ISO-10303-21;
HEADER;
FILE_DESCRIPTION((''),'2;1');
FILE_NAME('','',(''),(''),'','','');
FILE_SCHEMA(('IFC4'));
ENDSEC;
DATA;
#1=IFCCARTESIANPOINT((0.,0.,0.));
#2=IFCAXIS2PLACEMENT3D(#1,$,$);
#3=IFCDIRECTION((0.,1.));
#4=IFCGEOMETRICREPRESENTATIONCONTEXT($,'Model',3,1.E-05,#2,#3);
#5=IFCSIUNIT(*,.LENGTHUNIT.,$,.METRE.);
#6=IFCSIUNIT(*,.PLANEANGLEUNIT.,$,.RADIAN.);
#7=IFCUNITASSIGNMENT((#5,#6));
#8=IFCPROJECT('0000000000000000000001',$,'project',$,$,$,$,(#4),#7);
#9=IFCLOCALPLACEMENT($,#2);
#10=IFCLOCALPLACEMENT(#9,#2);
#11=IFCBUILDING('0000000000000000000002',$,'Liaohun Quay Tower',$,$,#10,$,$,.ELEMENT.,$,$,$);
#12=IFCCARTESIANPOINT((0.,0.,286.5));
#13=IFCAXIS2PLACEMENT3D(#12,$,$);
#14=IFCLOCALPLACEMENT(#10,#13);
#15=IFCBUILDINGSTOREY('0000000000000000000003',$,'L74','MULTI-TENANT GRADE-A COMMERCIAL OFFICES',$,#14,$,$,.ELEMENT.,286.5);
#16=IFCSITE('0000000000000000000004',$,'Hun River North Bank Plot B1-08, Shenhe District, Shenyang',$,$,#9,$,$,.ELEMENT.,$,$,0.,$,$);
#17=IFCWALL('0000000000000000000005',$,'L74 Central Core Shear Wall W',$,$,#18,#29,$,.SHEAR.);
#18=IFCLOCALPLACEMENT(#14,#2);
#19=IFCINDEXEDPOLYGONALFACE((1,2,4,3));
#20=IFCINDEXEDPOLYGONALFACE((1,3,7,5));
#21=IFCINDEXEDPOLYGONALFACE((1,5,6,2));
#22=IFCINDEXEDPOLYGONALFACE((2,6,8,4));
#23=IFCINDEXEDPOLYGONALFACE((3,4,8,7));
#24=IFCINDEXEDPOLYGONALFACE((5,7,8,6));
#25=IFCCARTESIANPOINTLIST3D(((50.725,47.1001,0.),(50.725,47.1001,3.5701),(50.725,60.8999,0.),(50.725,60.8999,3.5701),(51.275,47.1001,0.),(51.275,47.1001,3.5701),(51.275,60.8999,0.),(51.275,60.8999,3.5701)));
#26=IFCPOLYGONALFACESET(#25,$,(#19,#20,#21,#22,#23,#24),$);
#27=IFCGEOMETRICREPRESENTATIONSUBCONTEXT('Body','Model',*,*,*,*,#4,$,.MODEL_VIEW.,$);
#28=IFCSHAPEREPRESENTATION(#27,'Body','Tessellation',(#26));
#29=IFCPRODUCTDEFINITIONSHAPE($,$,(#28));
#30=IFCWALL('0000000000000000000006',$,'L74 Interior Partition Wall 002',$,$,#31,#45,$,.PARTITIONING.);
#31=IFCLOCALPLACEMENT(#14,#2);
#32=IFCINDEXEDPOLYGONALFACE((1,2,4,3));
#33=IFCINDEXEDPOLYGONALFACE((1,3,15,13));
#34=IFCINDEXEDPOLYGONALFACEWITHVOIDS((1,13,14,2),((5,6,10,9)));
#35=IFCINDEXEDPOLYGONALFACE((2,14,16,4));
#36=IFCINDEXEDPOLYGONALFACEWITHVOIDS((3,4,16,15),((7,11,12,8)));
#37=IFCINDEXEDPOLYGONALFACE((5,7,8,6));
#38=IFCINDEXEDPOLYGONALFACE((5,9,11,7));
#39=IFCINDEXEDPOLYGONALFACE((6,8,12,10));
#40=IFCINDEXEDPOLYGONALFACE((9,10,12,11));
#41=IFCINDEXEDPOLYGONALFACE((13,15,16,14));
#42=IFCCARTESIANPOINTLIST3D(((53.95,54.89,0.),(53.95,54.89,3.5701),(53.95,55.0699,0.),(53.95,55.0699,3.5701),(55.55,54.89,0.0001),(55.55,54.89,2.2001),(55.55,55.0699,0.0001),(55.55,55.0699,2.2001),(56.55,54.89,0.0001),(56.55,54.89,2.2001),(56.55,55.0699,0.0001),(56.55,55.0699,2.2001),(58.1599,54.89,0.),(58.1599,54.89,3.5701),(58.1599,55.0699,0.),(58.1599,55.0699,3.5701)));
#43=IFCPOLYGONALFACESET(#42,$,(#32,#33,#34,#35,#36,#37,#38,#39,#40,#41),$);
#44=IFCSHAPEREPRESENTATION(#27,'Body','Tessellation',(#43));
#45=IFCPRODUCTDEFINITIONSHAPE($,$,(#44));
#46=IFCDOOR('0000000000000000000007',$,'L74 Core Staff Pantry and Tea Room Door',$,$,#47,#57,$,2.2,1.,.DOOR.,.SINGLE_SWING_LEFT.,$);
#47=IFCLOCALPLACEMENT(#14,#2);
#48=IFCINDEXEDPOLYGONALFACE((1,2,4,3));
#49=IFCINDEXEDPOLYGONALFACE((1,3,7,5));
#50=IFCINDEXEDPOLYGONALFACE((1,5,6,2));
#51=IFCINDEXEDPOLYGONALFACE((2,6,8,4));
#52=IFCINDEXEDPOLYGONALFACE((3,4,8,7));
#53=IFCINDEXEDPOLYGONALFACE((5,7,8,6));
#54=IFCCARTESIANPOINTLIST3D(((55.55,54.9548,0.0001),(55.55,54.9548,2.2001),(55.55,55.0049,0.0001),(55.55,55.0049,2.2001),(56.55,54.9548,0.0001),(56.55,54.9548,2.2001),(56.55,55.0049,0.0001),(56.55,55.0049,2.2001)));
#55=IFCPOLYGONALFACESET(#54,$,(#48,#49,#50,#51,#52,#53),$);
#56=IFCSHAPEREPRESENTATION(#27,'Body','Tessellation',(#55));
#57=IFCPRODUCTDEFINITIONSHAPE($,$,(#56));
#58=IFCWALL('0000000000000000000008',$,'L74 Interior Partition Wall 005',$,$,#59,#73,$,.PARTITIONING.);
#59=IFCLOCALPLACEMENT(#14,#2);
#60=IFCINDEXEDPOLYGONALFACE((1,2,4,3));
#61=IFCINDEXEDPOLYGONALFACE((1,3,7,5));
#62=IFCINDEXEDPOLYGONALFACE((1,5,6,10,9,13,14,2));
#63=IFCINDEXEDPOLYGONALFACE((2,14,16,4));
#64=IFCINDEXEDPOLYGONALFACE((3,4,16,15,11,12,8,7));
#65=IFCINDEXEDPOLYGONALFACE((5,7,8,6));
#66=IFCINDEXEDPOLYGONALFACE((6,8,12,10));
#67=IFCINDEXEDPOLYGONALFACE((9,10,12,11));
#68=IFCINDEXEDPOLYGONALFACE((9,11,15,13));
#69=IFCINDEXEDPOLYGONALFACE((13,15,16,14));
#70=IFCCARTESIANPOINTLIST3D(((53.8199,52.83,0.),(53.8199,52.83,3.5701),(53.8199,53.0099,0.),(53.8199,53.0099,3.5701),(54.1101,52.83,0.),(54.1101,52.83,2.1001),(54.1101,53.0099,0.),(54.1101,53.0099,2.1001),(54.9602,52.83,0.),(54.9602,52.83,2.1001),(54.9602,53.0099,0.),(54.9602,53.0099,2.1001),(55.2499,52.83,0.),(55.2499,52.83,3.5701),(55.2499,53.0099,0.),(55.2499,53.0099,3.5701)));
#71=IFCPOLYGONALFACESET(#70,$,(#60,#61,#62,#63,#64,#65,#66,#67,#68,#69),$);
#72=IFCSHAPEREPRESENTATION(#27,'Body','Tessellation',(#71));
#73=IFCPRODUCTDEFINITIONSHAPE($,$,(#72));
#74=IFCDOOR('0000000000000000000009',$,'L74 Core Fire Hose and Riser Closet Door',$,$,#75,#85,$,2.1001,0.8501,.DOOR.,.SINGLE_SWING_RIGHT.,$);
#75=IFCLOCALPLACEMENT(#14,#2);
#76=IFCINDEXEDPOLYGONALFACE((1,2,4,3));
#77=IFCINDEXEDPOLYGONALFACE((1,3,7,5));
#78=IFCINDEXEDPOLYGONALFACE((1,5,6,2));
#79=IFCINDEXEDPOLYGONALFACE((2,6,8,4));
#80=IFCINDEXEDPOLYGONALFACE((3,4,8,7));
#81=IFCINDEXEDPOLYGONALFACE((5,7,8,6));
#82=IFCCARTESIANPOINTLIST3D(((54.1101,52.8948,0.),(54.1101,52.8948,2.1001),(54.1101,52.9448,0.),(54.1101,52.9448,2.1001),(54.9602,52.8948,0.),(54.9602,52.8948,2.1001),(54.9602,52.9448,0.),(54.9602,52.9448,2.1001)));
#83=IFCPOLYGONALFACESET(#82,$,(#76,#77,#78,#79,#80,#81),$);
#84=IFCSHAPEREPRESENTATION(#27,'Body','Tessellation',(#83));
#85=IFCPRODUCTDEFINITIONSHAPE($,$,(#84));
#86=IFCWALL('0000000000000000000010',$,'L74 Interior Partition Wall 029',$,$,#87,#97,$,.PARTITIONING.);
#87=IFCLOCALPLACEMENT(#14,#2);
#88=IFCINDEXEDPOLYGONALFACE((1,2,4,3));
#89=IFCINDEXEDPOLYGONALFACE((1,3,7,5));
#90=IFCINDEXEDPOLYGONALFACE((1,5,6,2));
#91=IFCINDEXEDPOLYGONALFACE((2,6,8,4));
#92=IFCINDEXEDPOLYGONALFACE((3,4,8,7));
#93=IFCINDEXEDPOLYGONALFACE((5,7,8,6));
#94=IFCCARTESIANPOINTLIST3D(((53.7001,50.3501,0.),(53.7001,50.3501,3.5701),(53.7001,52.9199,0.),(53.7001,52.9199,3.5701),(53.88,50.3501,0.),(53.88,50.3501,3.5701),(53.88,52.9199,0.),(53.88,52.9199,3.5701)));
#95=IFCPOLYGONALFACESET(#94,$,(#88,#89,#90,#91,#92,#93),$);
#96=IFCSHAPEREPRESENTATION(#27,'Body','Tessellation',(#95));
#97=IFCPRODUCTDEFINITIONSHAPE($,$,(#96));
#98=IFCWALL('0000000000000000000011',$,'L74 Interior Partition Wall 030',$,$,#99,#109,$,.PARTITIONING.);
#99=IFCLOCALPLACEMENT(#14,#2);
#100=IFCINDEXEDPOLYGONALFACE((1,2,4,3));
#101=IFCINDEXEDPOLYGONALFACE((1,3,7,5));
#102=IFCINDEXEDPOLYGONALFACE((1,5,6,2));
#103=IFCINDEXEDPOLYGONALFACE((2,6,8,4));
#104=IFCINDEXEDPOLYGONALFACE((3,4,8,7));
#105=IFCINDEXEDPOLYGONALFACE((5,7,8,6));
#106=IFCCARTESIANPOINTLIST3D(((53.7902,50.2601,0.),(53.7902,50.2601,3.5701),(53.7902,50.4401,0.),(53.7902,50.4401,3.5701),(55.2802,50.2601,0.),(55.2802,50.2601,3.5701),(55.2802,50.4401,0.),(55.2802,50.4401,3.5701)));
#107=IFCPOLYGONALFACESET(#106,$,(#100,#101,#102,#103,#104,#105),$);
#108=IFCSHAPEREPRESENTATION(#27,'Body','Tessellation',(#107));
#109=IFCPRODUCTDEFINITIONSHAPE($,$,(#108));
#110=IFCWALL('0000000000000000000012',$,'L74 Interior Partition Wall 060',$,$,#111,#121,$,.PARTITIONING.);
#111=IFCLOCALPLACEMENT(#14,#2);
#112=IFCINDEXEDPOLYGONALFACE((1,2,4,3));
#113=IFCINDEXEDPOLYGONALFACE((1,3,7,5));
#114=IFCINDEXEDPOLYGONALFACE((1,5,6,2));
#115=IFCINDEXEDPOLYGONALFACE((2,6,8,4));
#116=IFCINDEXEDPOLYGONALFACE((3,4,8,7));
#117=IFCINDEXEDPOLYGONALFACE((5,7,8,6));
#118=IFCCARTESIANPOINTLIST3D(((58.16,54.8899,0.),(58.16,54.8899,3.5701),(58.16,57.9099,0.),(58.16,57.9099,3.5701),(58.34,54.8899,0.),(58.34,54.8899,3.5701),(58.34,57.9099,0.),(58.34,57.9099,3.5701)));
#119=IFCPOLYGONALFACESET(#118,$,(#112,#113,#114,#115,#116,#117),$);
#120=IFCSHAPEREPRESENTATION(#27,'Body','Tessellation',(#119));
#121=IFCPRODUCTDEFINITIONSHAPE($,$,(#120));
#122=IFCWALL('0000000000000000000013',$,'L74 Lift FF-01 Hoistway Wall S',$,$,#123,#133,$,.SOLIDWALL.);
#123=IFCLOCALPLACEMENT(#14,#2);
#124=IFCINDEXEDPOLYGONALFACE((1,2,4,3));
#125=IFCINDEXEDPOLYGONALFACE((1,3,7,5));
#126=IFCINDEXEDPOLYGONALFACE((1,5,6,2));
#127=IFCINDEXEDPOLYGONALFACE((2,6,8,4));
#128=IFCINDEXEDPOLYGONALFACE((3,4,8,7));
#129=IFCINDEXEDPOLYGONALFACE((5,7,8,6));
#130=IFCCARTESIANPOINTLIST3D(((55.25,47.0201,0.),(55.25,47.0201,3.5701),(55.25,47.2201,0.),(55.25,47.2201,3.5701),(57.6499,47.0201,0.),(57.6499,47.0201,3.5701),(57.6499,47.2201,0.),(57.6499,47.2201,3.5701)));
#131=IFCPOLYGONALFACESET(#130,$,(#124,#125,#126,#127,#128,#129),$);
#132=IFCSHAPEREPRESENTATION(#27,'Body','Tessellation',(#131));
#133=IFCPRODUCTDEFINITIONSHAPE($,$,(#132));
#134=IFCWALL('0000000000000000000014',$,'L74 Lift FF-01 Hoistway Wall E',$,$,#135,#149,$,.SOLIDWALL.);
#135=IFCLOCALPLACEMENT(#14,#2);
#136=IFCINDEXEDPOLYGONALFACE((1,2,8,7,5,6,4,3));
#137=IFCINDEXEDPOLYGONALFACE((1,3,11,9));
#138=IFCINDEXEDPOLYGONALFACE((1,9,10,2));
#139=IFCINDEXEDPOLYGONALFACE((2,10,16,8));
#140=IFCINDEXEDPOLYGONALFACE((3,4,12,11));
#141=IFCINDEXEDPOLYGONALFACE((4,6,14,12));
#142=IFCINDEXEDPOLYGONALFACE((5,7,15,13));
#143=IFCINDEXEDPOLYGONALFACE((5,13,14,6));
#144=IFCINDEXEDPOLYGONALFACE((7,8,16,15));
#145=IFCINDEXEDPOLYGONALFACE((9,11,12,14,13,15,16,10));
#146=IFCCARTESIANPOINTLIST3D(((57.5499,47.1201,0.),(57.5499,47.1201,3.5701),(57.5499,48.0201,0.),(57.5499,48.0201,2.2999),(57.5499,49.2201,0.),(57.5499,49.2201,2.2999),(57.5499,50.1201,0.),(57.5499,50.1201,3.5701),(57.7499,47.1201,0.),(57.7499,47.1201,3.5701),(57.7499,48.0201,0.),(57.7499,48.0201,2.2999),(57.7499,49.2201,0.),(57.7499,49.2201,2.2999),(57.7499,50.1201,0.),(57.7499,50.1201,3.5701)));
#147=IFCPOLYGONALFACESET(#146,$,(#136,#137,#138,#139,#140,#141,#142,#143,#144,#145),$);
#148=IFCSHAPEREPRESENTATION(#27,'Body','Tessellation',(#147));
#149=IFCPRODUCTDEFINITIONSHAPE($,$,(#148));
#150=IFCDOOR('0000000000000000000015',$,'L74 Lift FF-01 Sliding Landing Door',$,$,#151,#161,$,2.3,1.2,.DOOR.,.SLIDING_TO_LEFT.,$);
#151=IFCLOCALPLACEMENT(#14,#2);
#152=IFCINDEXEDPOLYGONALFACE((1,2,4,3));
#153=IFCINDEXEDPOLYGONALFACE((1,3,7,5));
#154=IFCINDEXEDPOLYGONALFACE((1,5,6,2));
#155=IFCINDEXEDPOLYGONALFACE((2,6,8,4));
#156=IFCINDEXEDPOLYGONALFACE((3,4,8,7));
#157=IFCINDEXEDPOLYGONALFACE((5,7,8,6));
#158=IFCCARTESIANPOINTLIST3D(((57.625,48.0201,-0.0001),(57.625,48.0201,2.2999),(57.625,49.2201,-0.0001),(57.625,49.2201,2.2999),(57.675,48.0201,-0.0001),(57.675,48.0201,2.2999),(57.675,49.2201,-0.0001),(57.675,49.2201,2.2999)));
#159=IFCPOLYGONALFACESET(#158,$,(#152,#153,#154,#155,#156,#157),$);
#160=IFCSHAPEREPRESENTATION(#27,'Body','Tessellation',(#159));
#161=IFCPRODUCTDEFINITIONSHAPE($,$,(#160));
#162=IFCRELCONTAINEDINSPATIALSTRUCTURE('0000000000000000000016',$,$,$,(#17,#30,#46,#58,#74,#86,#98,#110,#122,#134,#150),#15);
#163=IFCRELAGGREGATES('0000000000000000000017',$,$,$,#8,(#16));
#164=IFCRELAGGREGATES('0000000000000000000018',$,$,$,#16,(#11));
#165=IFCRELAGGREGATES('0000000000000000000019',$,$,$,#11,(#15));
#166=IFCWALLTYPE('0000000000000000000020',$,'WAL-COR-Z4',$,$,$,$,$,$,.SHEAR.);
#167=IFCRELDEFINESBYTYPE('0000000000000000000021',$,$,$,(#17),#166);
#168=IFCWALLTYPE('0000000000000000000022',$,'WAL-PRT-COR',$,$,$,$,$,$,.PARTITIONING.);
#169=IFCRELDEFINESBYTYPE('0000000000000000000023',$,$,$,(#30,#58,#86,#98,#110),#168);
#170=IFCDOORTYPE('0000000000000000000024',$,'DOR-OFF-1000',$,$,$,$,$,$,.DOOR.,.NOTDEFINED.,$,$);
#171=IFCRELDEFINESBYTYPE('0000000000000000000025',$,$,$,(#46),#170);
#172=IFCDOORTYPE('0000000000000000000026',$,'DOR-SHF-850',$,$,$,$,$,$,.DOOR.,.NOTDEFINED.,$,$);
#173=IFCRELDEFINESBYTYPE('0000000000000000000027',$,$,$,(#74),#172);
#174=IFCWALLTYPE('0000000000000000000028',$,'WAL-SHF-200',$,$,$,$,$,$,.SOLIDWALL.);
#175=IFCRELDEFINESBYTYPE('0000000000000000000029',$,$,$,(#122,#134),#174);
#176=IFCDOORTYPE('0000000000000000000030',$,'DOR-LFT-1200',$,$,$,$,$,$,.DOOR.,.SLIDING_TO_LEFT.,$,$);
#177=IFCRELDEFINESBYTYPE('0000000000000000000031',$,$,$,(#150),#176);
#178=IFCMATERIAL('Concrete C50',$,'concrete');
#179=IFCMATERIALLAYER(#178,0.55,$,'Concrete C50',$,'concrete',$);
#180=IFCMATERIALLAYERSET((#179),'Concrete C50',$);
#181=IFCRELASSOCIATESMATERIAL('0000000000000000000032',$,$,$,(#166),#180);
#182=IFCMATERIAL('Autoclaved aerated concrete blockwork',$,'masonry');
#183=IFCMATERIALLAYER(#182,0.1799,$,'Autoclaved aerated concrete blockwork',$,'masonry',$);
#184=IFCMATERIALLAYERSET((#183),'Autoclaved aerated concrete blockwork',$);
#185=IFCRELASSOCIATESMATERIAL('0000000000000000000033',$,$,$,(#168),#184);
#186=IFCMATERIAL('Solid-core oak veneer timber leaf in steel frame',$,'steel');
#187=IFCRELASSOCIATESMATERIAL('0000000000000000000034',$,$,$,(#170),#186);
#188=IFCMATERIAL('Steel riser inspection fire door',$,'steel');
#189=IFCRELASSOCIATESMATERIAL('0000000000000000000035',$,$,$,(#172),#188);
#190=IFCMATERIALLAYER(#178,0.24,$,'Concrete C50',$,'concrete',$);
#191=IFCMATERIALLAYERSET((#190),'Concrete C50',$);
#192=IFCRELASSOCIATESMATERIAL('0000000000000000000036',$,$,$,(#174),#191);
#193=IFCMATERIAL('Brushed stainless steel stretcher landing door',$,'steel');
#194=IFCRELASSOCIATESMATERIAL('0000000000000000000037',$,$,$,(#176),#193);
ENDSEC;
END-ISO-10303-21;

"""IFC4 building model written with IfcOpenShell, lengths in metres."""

from ifc_helpers import new_model, si_unit, direction, frame, frame_2d, origin, place, context, subcontext, project, spatial, rectangle, extrude, source, transform, mapped, material, layer, layer_set, type_object, element, fill, save


model = new_model("IFC4")

# Units and contexts
model_context = context("Model", 3, precision=1e-05, world=origin(), true_north=direction((0.0, 1.0)))
body_context = subcontext(model_context, "Body", "Model", "MODEL_VIEW")
ifc_project = project(units=[si_unit("LENGTHUNIT", "METRE"), si_unit("PLANEANGLEUNIT", "RADIAN")], contexts=[model_context])

# Site, building, storey
site_placement = place(None, origin())
site = spatial("IfcSite", under=ifc_project, at=site_placement, Name="Hun River North Bank Plot B1-08, Shenhe District, Shenyang", CompositionType="ELEMENT", RefElevation=0.0)
building_placement = place(site_placement, origin())
building = spatial("IfcBuilding", under=site, at=building_placement, Name="Liaohun Quay Tower", CompositionType="ELEMENT")
storey_placement = place(building_placement, frame((0.0, 0.0, 286.5)))
storey = spatial("IfcBuildingStorey", under=building, at=storey_placement, Name="L74", Description="MULTI-TENANT GRADE-A COMMERCIAL OFFICES", CompositionType="ELEMENT", Elevation=286.5)

# Wall
ifc_material_1 = material(Name="Concrete C50", Category="concrete")
ifc_layer_1 = layer(ifc_material_1, 0.55, Name="Concrete C50", Category="concrete")
ifc_layer_set_1 = layer_set([ifc_layer_1], Name="Concrete C50")
wall_type_1 = type_object("IfcWallType", Name="WAL-COR-Z4", PredefinedType="SHEAR", material=ifc_layer_set_1)
wall_1_placement = place(storey_placement, frame((51.0, 47.1001, 0.0), z_axis=(0.0, 0.0, 1.0), x_axis=(0.0, 1.0, 0.0)))
element("IfcWall", 1, at=wall_1_placement, inside=storey, type_object=wall_type_1, Name="L74 Central Core Shear Wall W", PredefinedType="SHEAR", context=body_context, shape_type="SweptSolid", body=[
    extrude(rectangle(XDim=13.7998, YDim=0.55, at=frame_2d((6.8999, 0.0))), origin(), (0.0, 0.0, 1.0), 3.5701),
])

# Walls, openings, doors
ifc_material_2 = material(Name="Autoclaved aerated concrete blockwork", Category="masonry")
ifc_layer_2 = layer(ifc_material_2, 0.1799, Name="Autoclaved aerated concrete blockwork", Category="masonry")
ifc_layer_set_2 = layer_set([ifc_layer_2], Name="Autoclaved aerated concrete blockwork")
wall_type_2 = type_object("IfcWallType", Name="WAL-PRT-COR", PredefinedType="PARTITIONING", material=ifc_layer_set_2)
wall_2_placement = place(storey_placement, frame((53.95, 54.98, 0.0), z_axis=(0.0, 0.0, 1.0), x_axis=(1.0, 0.0, 0.0)))
wall_2 = element("IfcWall", 2, at=wall_2_placement, inside=storey, type_object=wall_type_2, Name="L74 Interior Partition Wall 002", PredefinedType="PARTITIONING", context=body_context, shape_type="SweptSolid", body=[
    extrude(rectangle(XDim=4.21, YDim=0.1799, at=frame_2d((2.105, 0.0))), origin(), (0.0, 0.0, 1.0), 3.5701),
])
shared_shape_1 = source(origin(), body_context, "Body", "SweptSolid", [
    extrude(rectangle(XDim=1.0, YDim=2.2, at=frame_2d((0.5, 1.1001))), frame((0.0, 0.0999, 0.0), z_axis=(0.0, -1.0, 0.0), x_axis=(1.0, 0.0, 0.0)), (0.0, 0.0, 1.0), 0.2),
])
opening_1_placement = place(wall_2_placement, frame((1.6001, 0.0, 0.0)))
opening_1 = element("IfcOpeningElement", 3, at=opening_1_placement, cuts=wall_2, PredefinedType="OPENING", context=body_context, shape_type="MappedRepresentation", body=[
    mapped(shared_shape_1, transform((0.0, 0.0, 0.0), x_axis=(1.0, 0.0, 0.0), y_axis=(0.0, 1.0, 0.0), z_axis=(0.0, 0.0, 1.0), scale=1.0)),
])
ifc_material_3 = material(Name="Solid-core oak veneer timber leaf in steel frame", Category="steel")
door_type_1 = type_object("IfcDoorType", Name="DOR-OFF-1000", OperationType="NOTDEFINED", PredefinedType="DOOR", material=ifc_material_3)
shared_shape_2 = source(origin(), body_context, "Body", "SweptSolid", [
    extrude(rectangle(XDim=1.0, YDim=2.2, at=frame_2d((0.5, 1.1001))), frame((0.0, 0.0249, 0.0), z_axis=(0.0, -1.0, 0.0), x_axis=(1.0, 0.0, 0.0)), (0.0, 0.0, 1.0), 0.05),
])
door_1_placement = place(opening_1_placement, origin())
door_1 = element("IfcDoor", 4, at=door_1_placement, inside=storey, type_object=door_type_1, Name="L74 Core Staff Pantry and Tea Room Door", OperationType="SINGLE_SWING_LEFT", OverallHeight=2.2, OverallWidth=1.0, PredefinedType="DOOR", context=body_context, shape_type="MappedRepresentation", body=[
    mapped(shared_shape_2, transform((0.0, 0.0, 0.0), x_axis=(1.0, 0.0, 0.0), y_axis=(0.0, 1.0, 0.0), z_axis=(0.0, 0.0, 1.0), scale=1.0)),
])
fill(opening_1, door_1)
wall_3_placement = place(storey_placement, frame((53.8201, 52.9199, 0.0), z_axis=(0.0, 0.0, 1.0), x_axis=(1.0, 0.0, 0.0)))
wall_3 = element("IfcWall", 5, at=wall_3_placement, inside=storey, type_object=wall_type_2, Name="L74 Interior Partition Wall 005", PredefinedType="PARTITIONING", context=body_context, shape_type="SweptSolid", body=[
    extrude(rectangle(XDim=1.4299, YDim=0.1799, at=frame_2d((0.7148, 0.0))), origin(), (0.0, 0.0, 1.0), 3.5701),
])
shared_shape_3 = source(origin(), body_context, "Body", "SweptSolid", [
    extrude(rectangle(XDim=0.8501, YDim=2.1001, at=frame_2d((0.425, 1.05))), frame((0.0, 0.0999, 0.0), z_axis=(0.0, -1.0, 0.0), x_axis=(1.0, 0.0, 0.0)), (0.0, 0.0, 1.0), 0.2),
])
opening_2_placement = place(wall_3_placement, frame((0.29, 0.0, 0.0)))
opening_2 = element("IfcOpeningElement", 6, at=opening_2_placement, cuts=wall_3, PredefinedType="OPENING", context=body_context, shape_type="MappedRepresentation", body=[
    mapped(shared_shape_3, transform((0.0, 0.0, 0.0), x_axis=(1.0, 0.0, 0.0), y_axis=(0.0, 1.0, 0.0), z_axis=(0.0, 0.0, 1.0), scale=1.0)),
])
ifc_material_4 = material(Name="Steel riser inspection fire door", Category="steel")
door_type_2 = type_object("IfcDoorType", Name="DOR-SHF-850", OperationType="NOTDEFINED", PredefinedType="DOOR", material=ifc_material_4)
shared_shape_4 = source(origin(), body_context, "Body", "SweptSolid", [
    extrude(rectangle(XDim=0.8501, YDim=2.1001, at=frame_2d((0.425, 1.05))), frame((0.0, 0.0249, 0.0), z_axis=(0.0, -1.0, 0.0), x_axis=(1.0, 0.0, 0.0)), (0.0, 0.0, 1.0), 0.05),
])
door_2_placement = place(opening_2_placement, origin())
door_2 = element("IfcDoor", 7, at=door_2_placement, inside=storey, type_object=door_type_2, Name="L74 Core Fire Hose and Riser Closet Door", OperationType="SINGLE_SWING_RIGHT", OverallHeight=2.1001, OverallWidth=0.8501, PredefinedType="DOOR", context=body_context, shape_type="MappedRepresentation", body=[
    mapped(shared_shape_4, transform((0.0, 0.0, 0.0), x_axis=(1.0, 0.0, 0.0), y_axis=(0.0, 1.0, 0.0), z_axis=(0.0, 0.0, 1.0), scale=1.0)),
])
fill(opening_2, door_2)

# Walls
wall_4_placement = place(storey_placement, frame((53.79, 50.3501, 0.0), z_axis=(0.0, 0.0, 1.0), x_axis=(0.0, 1.0, 0.0)))
element("IfcWall", 8, at=wall_4_placement, inside=storey, type_object=wall_type_2, Name="L74 Interior Partition Wall 029", PredefinedType="PARTITIONING", context=body_context, shape_type="SweptSolid", body=[
    extrude(rectangle(XDim=2.5698, YDim=0.1799, at=frame_2d((1.2849, 0.0))), origin(), (0.0, 0.0, 1.0), 3.5701),
])
wall_5_placement = place(storey_placement, frame((53.79, 50.3501, 0.0), z_axis=(0.0, 0.0, 1.0), x_axis=(1.0, 0.0, 0.0)))
element("IfcWall", 9, at=wall_5_placement, inside=storey, type_object=wall_type_2, Name="L74 Interior Partition Wall 030", PredefinedType="PARTITIONING", context=body_context, shape_type="SweptSolid", body=[
    extrude(rectangle(XDim=1.49, YDim=0.1799, at=frame_2d((0.7451, 0.0))), origin(), (0.0, 0.0, 1.0), 3.5701),
])
wall_6_placement = place(storey_placement, frame((58.25, 54.8899, 0.0), z_axis=(0.0, 0.0, 1.0), x_axis=(0.0, 1.0, 0.0)))
element("IfcWall", 10, at=wall_6_placement, inside=storey, type_object=wall_type_2, Name="L74 Interior Partition Wall 060", PredefinedType="PARTITIONING", context=body_context, shape_type="SweptSolid", body=[
    extrude(rectangle(XDim=3.02, YDim=0.1799, at=frame_2d((1.51, 0.0))), origin(), (0.0, 0.0, 1.0), 3.5701),
])
ifc_layer_3 = layer(ifc_material_1, 0.24, Name="Concrete C50", Category="concrete")
ifc_layer_set_3 = layer_set([ifc_layer_3], Name="Concrete C50")
wall_type_3 = type_object("IfcWallType", Name="WAL-SHF-200", PredefinedType="SOLIDWALL", material=ifc_layer_set_3)
wall_7_placement = place(storey_placement, frame((55.25, 47.1201, 0.0), z_axis=(0.0, 0.0, 1.0), x_axis=(1.0, 0.0, 0.0)))
element("IfcWall", 11, at=wall_7_placement, inside=storey, type_object=wall_type_3, Name="L74 Lift FF-01 Hoistway Wall S", PredefinedType="SOLIDWALL", context=body_context, shape_type="SweptSolid", body=[
    extrude(rectangle(XDim=2.3999, YDim=0.2, at=frame_2d((1.2, 0.0))), origin(), (0.0, 0.0, 1.0), 3.5701),
])

# Wall, opening, door
wall_8_placement = place(storey_placement, frame((57.6499, 47.1201, 0.0), z_axis=(0.0, 0.0, 1.0), x_axis=(0.0, 1.0, 0.0)))
wall_8 = element("IfcWall", 12, at=wall_8_placement, inside=storey, type_object=wall_type_3, Name="L74 Lift FF-01 Hoistway Wall E", PredefinedType="SOLIDWALL", context=body_context, shape_type="SweptSolid", body=[
    extrude(rectangle(XDim=3.0, YDim=0.2, at=frame_2d((1.5, 0.0))), origin(), (0.0, 0.0, 1.0), 3.5701),
])
shared_shape_5 = source(origin(), body_context, "Body", "SweptSolid", [
    extrude(rectangle(XDim=1.2, YDim=2.3, at=frame_2d((0.6001, 1.1499))), frame((0.0, 0.1099, 0.0), z_axis=(0.0, -1.0, 0.0), x_axis=(1.0, 0.0, 0.0)), (0.0, 0.0, 1.0), 0.22),
])
opening_3_placement = place(wall_8_placement, frame((0.8999, 0.0, 0.0)))
opening_3 = element("IfcOpeningElement", 13, at=opening_3_placement, cuts=wall_8, PredefinedType="OPENING", context=body_context, shape_type="MappedRepresentation", body=[
    mapped(shared_shape_5, transform((0.0, 0.0, 0.0), x_axis=(1.0, 0.0, 0.0), y_axis=(0.0, 1.0, 0.0), z_axis=(0.0, 0.0, 1.0), scale=1.0)),
])
ifc_material_5 = material(Name="Brushed stainless steel stretcher landing door", Category="steel")
door_type_3 = type_object("IfcDoorType", Name="DOR-LFT-1200", OperationType="SLIDING_TO_LEFT", PredefinedType="DOOR", material=ifc_material_5)
shared_shape_6 = source(origin(), body_context, "Body", "SweptSolid", [
    extrude(rectangle(XDim=1.2, YDim=2.3, at=frame_2d((0.6001, 1.1499))), frame((0.0, 0.0249, 0.0), z_axis=(0.0, -1.0, 0.0), x_axis=(1.0, 0.0, 0.0)), (0.0, 0.0, 1.0), 0.05),
])
door_3_placement = place(opening_3_placement, origin())
door_3 = element("IfcDoor", 14, at=door_3_placement, inside=storey, type_object=door_type_3, Name="L74 Lift FF-01 Sliding Landing Door", OperationType="SLIDING_TO_LEFT", OverallHeight=2.3, OverallWidth=1.2, PredefinedType="DOOR", context=body_context, shape_type="MappedRepresentation", body=[
    mapped(shared_shape_6, transform((0.0, 0.0, 0.0), x_axis=(1.0, 0.0, 0.0), y_axis=(0.0, 1.0, 0.0), z_axis=(0.0, 0.0, 1.0), scale=1.0)),
])
fill(opening_3, door_3)

save(model, "model.ifc")
